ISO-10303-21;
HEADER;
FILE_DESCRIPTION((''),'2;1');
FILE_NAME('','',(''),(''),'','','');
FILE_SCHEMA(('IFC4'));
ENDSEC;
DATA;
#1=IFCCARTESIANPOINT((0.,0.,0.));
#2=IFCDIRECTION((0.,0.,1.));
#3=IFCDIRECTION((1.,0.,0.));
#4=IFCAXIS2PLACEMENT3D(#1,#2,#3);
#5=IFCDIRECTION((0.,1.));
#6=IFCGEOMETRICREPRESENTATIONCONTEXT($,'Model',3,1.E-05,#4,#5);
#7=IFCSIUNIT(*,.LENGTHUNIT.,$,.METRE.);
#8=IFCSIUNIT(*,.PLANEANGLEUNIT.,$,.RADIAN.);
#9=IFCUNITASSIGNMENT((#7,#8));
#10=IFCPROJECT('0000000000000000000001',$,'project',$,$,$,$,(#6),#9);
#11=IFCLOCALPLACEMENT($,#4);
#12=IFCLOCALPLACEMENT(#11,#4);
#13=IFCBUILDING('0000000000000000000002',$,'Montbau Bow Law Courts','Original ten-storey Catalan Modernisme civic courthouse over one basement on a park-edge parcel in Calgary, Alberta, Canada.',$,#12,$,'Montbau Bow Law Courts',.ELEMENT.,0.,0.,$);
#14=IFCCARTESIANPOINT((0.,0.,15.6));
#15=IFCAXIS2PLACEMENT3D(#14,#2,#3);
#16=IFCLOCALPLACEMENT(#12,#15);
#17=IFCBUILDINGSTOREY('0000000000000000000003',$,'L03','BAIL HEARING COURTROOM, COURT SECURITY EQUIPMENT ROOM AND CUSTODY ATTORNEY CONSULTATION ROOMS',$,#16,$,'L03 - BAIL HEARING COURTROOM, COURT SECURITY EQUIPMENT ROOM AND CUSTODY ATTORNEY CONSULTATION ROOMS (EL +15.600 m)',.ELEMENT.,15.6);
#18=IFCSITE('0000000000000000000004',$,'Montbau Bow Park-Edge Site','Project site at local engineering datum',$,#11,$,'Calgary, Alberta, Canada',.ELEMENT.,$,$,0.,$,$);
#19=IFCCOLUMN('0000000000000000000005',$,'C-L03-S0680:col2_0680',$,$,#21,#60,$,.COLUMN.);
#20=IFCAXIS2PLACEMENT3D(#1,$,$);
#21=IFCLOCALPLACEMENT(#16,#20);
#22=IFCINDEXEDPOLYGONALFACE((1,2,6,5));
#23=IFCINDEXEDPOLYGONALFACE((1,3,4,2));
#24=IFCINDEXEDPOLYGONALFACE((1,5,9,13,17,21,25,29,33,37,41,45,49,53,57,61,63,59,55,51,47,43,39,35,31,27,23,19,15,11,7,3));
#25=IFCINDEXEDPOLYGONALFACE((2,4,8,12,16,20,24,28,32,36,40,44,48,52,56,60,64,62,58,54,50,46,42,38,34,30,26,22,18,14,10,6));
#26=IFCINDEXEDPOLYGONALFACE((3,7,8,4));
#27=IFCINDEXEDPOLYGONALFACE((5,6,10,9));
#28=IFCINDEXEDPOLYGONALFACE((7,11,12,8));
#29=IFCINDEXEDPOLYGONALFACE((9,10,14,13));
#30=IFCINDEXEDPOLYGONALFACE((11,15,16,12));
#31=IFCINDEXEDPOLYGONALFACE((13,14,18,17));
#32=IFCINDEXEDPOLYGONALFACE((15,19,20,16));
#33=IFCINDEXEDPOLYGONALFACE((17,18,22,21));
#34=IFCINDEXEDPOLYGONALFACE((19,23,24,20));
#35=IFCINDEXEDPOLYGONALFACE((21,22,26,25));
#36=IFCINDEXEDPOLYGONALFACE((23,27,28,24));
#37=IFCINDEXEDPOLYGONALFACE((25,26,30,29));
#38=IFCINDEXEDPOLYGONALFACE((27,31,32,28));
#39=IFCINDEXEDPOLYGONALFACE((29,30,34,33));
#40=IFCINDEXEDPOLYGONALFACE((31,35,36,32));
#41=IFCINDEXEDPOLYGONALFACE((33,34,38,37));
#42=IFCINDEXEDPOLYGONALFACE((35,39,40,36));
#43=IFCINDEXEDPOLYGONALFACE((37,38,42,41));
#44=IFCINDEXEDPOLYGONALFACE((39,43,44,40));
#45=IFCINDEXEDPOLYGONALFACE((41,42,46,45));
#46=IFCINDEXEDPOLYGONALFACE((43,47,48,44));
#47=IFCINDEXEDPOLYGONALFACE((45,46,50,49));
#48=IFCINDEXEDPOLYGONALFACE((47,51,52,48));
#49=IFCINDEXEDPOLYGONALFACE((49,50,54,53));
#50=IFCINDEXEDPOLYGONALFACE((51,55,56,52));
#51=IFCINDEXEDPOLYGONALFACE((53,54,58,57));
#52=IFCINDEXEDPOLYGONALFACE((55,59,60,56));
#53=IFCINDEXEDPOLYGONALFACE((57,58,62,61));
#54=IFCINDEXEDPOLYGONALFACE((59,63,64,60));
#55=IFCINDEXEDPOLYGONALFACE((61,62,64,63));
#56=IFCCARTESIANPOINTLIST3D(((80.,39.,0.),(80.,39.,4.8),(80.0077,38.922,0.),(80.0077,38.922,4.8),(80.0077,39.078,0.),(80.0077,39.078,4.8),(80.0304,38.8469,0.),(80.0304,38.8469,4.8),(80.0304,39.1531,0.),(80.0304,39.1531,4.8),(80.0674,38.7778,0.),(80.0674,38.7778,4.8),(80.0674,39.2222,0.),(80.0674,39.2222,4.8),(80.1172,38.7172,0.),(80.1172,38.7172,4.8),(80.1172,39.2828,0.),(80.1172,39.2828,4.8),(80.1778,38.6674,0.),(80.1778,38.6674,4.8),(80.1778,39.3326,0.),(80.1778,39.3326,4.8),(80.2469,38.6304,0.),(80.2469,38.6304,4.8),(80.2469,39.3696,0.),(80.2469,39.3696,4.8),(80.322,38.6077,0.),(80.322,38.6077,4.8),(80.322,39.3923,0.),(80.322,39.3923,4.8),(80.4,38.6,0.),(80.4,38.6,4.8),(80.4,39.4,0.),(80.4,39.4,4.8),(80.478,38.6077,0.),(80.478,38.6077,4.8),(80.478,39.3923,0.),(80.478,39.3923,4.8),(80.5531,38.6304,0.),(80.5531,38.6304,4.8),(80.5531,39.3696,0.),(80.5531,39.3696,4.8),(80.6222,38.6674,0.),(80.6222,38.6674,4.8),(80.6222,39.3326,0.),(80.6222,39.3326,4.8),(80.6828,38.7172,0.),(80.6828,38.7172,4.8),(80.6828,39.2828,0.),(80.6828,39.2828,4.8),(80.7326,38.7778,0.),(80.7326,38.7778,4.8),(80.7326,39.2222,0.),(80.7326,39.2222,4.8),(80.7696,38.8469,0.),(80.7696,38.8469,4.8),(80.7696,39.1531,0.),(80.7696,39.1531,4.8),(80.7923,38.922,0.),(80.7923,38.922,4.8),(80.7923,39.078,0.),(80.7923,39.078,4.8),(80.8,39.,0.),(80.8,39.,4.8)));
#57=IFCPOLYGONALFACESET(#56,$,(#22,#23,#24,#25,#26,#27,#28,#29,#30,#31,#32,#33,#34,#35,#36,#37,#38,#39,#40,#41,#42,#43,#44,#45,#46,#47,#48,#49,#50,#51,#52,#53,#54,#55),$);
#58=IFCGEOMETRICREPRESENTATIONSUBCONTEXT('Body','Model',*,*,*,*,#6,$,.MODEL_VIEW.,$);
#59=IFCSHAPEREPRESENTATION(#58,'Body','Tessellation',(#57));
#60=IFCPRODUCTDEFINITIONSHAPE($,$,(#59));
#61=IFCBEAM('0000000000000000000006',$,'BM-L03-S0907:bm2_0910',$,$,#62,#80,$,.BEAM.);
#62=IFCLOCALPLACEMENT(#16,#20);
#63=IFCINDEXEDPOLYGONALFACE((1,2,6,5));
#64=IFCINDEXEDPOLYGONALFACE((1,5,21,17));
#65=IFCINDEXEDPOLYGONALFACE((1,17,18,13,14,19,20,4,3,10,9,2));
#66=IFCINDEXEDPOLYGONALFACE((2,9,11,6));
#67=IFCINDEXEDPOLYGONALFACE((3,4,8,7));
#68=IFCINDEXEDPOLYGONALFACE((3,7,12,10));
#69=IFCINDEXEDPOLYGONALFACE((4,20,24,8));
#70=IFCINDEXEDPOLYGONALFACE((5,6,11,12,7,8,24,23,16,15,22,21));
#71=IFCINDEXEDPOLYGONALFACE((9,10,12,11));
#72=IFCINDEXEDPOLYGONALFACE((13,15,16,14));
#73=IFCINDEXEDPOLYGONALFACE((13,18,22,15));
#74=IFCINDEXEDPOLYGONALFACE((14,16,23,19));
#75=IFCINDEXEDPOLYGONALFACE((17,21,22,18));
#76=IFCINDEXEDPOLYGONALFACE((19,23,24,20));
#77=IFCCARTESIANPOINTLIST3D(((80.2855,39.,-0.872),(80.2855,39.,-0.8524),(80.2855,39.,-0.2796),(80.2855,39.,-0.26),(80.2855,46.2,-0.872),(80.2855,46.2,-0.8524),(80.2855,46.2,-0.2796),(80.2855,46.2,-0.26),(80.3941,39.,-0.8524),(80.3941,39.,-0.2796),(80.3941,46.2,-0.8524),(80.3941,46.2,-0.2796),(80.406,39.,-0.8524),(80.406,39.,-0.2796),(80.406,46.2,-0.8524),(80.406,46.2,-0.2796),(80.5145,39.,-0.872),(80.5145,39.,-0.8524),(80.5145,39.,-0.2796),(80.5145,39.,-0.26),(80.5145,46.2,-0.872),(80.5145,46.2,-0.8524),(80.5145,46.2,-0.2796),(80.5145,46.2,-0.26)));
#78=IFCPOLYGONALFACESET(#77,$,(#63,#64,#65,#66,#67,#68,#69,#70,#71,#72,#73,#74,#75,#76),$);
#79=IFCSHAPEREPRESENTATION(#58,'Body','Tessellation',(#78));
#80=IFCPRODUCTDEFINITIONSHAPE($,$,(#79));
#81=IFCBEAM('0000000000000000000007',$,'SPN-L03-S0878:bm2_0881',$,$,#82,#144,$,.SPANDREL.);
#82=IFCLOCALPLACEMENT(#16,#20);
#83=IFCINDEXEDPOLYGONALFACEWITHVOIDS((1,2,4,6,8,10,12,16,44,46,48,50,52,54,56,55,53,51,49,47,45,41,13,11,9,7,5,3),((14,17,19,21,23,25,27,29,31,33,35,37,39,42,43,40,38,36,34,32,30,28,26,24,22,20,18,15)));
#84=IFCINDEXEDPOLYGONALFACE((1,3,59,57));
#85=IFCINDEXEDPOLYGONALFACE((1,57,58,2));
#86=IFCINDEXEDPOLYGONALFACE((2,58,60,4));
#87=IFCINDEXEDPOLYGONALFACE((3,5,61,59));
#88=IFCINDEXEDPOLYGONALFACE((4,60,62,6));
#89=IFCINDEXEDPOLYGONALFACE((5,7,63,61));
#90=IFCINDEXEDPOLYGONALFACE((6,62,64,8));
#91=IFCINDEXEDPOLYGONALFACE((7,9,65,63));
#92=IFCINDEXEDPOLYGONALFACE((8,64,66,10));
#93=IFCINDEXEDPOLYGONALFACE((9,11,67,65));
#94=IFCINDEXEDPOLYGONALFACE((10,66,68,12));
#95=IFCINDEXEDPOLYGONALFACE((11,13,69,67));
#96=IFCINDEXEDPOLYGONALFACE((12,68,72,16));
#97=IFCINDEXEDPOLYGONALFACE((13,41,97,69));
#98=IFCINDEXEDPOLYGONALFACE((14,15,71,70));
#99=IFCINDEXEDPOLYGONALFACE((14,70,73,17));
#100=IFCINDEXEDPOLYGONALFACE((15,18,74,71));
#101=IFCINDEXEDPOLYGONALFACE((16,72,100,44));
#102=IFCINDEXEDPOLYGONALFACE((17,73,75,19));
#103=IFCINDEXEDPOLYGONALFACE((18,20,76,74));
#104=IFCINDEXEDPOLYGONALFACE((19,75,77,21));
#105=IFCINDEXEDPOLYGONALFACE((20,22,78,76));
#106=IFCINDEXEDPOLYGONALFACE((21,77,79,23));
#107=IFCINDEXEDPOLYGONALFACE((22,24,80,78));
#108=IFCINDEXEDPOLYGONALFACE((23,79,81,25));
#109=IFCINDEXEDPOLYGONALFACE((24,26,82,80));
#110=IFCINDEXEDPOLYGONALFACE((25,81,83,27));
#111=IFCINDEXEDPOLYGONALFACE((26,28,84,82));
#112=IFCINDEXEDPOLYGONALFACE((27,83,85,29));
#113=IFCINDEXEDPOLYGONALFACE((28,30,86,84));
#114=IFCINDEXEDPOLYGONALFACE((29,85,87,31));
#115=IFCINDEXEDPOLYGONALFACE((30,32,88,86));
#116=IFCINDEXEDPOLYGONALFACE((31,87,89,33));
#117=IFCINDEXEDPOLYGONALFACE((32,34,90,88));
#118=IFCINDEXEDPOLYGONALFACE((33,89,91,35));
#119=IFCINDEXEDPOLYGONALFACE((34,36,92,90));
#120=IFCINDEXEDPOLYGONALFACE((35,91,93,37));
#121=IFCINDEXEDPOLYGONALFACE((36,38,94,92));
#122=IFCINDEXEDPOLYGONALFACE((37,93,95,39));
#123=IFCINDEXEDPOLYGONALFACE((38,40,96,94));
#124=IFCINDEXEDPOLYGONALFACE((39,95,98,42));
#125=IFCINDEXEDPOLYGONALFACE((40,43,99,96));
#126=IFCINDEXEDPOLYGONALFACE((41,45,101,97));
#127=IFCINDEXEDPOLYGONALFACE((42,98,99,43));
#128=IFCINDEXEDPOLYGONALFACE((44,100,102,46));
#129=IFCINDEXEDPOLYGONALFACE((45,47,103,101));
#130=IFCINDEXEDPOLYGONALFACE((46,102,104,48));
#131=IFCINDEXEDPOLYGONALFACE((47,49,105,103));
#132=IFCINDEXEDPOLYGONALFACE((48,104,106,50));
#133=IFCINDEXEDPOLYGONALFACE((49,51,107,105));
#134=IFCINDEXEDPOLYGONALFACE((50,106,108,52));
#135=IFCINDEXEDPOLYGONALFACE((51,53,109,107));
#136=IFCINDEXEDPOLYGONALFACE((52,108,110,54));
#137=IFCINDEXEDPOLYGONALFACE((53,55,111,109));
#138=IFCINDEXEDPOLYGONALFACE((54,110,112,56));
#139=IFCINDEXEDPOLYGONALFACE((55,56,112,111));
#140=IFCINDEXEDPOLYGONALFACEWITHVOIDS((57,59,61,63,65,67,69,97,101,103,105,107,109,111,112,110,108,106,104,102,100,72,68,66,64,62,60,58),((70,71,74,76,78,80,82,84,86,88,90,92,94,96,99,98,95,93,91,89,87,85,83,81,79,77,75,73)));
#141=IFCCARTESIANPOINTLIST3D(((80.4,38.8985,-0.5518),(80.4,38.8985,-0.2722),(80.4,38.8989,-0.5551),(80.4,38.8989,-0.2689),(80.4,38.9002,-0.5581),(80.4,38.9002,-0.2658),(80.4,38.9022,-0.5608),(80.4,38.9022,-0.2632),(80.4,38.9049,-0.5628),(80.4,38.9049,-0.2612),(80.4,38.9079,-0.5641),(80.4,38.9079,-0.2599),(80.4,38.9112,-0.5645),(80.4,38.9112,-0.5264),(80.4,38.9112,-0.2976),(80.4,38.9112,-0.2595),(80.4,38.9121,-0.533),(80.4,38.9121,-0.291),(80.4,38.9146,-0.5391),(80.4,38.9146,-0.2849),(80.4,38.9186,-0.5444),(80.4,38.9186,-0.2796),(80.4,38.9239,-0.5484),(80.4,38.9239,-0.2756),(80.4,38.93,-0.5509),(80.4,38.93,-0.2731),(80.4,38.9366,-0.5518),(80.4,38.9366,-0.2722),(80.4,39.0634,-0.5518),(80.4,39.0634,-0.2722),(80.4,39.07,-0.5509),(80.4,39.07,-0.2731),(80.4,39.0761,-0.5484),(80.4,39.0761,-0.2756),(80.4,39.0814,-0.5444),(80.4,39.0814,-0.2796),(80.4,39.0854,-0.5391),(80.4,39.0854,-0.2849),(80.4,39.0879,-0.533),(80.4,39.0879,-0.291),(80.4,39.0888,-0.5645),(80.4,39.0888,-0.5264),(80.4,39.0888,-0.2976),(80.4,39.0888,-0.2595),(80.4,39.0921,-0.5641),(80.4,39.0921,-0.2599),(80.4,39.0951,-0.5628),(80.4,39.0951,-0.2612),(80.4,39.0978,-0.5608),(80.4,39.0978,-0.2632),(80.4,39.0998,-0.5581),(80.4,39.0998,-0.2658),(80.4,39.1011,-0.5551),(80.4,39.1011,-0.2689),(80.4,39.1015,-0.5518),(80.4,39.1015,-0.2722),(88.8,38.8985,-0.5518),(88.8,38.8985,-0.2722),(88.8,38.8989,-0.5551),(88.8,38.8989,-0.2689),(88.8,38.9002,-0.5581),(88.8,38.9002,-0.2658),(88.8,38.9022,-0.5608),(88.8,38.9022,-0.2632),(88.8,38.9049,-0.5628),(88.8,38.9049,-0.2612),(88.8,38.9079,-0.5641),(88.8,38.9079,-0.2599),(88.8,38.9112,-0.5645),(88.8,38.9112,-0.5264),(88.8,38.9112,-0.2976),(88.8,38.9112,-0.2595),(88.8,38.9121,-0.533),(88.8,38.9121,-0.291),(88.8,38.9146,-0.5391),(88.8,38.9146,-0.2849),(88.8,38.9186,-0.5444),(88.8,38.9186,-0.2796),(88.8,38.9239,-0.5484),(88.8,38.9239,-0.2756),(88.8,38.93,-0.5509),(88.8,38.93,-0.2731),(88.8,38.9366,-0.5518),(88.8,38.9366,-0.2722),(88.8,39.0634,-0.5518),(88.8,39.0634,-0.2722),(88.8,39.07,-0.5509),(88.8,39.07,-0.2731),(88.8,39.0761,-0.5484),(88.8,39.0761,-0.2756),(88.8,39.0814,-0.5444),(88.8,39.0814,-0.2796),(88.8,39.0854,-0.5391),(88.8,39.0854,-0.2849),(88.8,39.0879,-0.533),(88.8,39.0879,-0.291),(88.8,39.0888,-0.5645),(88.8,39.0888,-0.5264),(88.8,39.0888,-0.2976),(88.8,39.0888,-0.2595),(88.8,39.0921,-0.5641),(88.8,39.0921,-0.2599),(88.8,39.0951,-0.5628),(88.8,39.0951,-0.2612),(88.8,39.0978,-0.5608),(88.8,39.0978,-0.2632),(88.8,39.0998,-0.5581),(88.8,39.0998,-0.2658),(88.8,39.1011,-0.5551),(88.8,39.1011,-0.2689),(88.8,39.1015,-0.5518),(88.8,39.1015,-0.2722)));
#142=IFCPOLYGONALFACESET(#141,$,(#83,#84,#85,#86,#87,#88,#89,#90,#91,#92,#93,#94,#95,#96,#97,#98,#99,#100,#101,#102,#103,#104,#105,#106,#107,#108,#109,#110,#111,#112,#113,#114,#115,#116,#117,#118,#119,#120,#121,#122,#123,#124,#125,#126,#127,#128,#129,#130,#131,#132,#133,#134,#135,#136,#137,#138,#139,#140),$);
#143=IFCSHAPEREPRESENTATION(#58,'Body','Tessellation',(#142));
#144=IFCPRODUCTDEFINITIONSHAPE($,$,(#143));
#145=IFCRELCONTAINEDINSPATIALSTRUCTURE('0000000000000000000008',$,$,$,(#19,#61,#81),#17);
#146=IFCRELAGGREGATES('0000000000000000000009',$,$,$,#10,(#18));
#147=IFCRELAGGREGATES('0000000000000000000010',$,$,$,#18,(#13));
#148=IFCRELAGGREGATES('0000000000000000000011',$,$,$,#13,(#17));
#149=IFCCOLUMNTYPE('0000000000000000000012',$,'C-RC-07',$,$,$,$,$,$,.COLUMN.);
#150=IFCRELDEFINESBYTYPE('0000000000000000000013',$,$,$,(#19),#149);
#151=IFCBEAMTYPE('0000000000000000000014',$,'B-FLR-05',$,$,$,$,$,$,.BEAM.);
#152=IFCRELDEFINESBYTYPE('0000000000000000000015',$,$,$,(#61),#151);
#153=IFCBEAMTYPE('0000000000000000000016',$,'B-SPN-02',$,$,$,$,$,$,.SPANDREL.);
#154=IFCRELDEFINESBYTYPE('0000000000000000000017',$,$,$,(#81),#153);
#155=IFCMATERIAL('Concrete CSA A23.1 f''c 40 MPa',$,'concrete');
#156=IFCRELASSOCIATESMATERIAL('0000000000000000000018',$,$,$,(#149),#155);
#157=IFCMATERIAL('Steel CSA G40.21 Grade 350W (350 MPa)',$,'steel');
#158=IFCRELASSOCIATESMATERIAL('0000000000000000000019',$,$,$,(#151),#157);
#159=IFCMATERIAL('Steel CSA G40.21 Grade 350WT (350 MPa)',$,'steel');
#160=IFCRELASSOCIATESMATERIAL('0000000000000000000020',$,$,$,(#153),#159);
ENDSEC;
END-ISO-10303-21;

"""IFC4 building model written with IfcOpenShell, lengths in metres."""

from ifc_helpers import new_model, si_unit, direction, frame, origin_with_axes, origin_2d_with_axis, place, context, subcontext, project, spatial, hollow_rectangle, circle, i_section, extrude, material, material_profile, profile_set, type_object, element, save


model = new_model("IFC4")

# Units and contexts
model_context = context("Model", 3, precision=1e-05, world=origin_with_axes(), true_north=direction((0.0, 1.0)))
body_context = subcontext(model_context, "Body", "Model", "MODEL_VIEW")
ifc_project = project(units=[si_unit("LENGTHUNIT", "METRE"), si_unit("PLANEANGLEUNIT", "RADIAN")], contexts=[model_context])

# Site, building, storey
site_placement = place(None, origin_with_axes())
site = spatial("IfcSite", under=ifc_project, at=site_placement, Name="Montbau Bow Park-Edge Site", Description="Project site at local engineering datum", LongName="Calgary, Alberta, Canada", CompositionType="ELEMENT", RefElevation=0.0)
building_placement = place(site_placement, origin_with_axes())
building = spatial("IfcBuilding", under=site, at=building_placement, Name="Montbau Bow Law Courts", Description="Original ten-storey Catalan Modernisme civic courthouse over one basement on a park-edge parcel in Calgary, Alberta, Canada.", LongName="Montbau Bow Law Courts", CompositionType="ELEMENT", ElevationOfRefHeight=0.0, ElevationOfTerrain=0.0)
storey_placement = place(building_placement, frame((0.0, 0.0, 15.6), z_axis=(0.0, 0.0, 1.0), x_axis=(1.0, 0.0, 0.0)))
storey = spatial("IfcBuildingStorey", under=building, at=storey_placement, Name="L03", Description="BAIL HEARING COURTROOM, COURT SECURITY EQUIPMENT ROOM AND CUSTODY ATTORNEY CONSULTATION ROOMS", LongName="L03 - BAIL HEARING COURTROOM, COURT SECURITY EQUIPMENT ROOM AND CUSTODY ATTORNEY CONSULTATION ROOMS (EL +15.600 m)", CompositionType="ELEMENT", Elevation=15.6)

# Column
ifc_material_1 = material(Name="Concrete CSA A23.1 f'c 40 MPa", Category="concrete")
ifc_material_profile_1 = material_profile(ifc_material_1, circle(Radius=0.4, at=origin_2d_with_axis()), Name="RC800D", Category="Main", Priority=0)
ifc_profile_set_1 = profile_set([ifc_material_profile_1], Name="Concrete CSA A23.1 f'c 40 MPa")
column_type = type_object("IfcColumnType", Name="C-RC-07", PredefinedType="COLUMN", material=ifc_profile_set_1)
column_placement = place(None, frame((80.4, 39.0, 15.6), z_axis=(0.0, 0.0, 1.0), x_axis=(1.0, 0.0, 0.0)))
element("IfcColumn", 1, at=column_placement, inside=storey, type_object=column_type, Name="C-L03-S0680:col2_0680", PredefinedType="COLUMN", context=body_context, shape_type="SweptSolid", body=[
    extrude(circle(Radius=0.4, at=origin_2d_with_axis()), origin_with_axes(), (0.0, 0.0, 1.0), 4.8),
])

# Beams
ifc_material_2 = material(Name="Steel CSA G40.21 Grade 350W (350 MPa)", Category="steel")
ifc_material_profile_2 = material_profile(ifc_material_2, i_section(OverallWidth=0.229, OverallDepth=0.612, WebThickness=0.0119, FlangeThickness=0.0196, at=origin_2d_with_axis()), Name="W610X125", Category="Main", Priority=0)
ifc_profile_set_2 = profile_set([ifc_material_profile_2], Name="Steel CSA G40.21 Grade 350W (350 MPa)")
beam_type_1 = type_object("IfcBeamType", Name="B-FLR-05", PredefinedType="BEAM", material=ifc_profile_set_2)
beam_1_placement = place(None, frame((80.4, 39.0, 15.034), z_axis=(0.0, 1.0, 0.0), x_axis=(-1.0, 0.0, 0.0)))
element("IfcBeam", 2, at=beam_1_placement, inside=storey, type_object=beam_type_1, Name="BM-L03-S0907:bm2_0910", PredefinedType="BEAM", context=body_context, shape_type="SweptSolid", body=[
    extrude(i_section(OverallWidth=0.229, OverallDepth=0.612, WebThickness=0.0119, FlangeThickness=0.0196, at=origin_2d_with_axis()), origin_with_axes(), (0.0, 0.0, 1.0), 7.2),
])
ifc_material_3 = material(Name="Steel CSA G40.21 Grade 350WT (350 MPa)", Category="steel")
ifc_material_profile_3 = material_profile(ifc_material_3, hollow_rectangle(XDim=0.203, YDim=0.305, WallThickness=0.0127, InnerFilletRadius=0.0254, OuterFilletRadius=0.0127, at=origin_2d_with_axis()), Name="HSS305X203X13", Category="Main", Priority=0)
ifc_profile_set_3 = profile_set([ifc_material_profile_3], Name="Steel CSA G40.21 Grade 350WT (350 MPa)")
beam_type_2 = type_object("IfcBeamType", Name="B-SPN-02", PredefinedType="SPANDREL", material=ifc_profile_set_3)
beam_2_placement = place(None, frame((80.4, 39.0, 15.188), z_axis=(1.0, 0.0, 0.0), x_axis=(0.0, 1.0, 0.0)))
element("IfcBeam", 3, at=beam_2_placement, inside=storey, type_object=beam_type_2, Name="SPN-L03-S0878:bm2_0881", PredefinedType="SPANDREL", context=body_context, shape_type="SweptSolid", body=[
    extrude(hollow_rectangle(XDim=0.203, YDim=0.305, WallThickness=0.0127, InnerFilletRadius=0.0254, OuterFilletRadius=0.0127, at=origin_2d_with_axis()), origin_with_axes(), (0.0, 0.0, 1.0), 8.4),
])

save(model, "model.ifc")
